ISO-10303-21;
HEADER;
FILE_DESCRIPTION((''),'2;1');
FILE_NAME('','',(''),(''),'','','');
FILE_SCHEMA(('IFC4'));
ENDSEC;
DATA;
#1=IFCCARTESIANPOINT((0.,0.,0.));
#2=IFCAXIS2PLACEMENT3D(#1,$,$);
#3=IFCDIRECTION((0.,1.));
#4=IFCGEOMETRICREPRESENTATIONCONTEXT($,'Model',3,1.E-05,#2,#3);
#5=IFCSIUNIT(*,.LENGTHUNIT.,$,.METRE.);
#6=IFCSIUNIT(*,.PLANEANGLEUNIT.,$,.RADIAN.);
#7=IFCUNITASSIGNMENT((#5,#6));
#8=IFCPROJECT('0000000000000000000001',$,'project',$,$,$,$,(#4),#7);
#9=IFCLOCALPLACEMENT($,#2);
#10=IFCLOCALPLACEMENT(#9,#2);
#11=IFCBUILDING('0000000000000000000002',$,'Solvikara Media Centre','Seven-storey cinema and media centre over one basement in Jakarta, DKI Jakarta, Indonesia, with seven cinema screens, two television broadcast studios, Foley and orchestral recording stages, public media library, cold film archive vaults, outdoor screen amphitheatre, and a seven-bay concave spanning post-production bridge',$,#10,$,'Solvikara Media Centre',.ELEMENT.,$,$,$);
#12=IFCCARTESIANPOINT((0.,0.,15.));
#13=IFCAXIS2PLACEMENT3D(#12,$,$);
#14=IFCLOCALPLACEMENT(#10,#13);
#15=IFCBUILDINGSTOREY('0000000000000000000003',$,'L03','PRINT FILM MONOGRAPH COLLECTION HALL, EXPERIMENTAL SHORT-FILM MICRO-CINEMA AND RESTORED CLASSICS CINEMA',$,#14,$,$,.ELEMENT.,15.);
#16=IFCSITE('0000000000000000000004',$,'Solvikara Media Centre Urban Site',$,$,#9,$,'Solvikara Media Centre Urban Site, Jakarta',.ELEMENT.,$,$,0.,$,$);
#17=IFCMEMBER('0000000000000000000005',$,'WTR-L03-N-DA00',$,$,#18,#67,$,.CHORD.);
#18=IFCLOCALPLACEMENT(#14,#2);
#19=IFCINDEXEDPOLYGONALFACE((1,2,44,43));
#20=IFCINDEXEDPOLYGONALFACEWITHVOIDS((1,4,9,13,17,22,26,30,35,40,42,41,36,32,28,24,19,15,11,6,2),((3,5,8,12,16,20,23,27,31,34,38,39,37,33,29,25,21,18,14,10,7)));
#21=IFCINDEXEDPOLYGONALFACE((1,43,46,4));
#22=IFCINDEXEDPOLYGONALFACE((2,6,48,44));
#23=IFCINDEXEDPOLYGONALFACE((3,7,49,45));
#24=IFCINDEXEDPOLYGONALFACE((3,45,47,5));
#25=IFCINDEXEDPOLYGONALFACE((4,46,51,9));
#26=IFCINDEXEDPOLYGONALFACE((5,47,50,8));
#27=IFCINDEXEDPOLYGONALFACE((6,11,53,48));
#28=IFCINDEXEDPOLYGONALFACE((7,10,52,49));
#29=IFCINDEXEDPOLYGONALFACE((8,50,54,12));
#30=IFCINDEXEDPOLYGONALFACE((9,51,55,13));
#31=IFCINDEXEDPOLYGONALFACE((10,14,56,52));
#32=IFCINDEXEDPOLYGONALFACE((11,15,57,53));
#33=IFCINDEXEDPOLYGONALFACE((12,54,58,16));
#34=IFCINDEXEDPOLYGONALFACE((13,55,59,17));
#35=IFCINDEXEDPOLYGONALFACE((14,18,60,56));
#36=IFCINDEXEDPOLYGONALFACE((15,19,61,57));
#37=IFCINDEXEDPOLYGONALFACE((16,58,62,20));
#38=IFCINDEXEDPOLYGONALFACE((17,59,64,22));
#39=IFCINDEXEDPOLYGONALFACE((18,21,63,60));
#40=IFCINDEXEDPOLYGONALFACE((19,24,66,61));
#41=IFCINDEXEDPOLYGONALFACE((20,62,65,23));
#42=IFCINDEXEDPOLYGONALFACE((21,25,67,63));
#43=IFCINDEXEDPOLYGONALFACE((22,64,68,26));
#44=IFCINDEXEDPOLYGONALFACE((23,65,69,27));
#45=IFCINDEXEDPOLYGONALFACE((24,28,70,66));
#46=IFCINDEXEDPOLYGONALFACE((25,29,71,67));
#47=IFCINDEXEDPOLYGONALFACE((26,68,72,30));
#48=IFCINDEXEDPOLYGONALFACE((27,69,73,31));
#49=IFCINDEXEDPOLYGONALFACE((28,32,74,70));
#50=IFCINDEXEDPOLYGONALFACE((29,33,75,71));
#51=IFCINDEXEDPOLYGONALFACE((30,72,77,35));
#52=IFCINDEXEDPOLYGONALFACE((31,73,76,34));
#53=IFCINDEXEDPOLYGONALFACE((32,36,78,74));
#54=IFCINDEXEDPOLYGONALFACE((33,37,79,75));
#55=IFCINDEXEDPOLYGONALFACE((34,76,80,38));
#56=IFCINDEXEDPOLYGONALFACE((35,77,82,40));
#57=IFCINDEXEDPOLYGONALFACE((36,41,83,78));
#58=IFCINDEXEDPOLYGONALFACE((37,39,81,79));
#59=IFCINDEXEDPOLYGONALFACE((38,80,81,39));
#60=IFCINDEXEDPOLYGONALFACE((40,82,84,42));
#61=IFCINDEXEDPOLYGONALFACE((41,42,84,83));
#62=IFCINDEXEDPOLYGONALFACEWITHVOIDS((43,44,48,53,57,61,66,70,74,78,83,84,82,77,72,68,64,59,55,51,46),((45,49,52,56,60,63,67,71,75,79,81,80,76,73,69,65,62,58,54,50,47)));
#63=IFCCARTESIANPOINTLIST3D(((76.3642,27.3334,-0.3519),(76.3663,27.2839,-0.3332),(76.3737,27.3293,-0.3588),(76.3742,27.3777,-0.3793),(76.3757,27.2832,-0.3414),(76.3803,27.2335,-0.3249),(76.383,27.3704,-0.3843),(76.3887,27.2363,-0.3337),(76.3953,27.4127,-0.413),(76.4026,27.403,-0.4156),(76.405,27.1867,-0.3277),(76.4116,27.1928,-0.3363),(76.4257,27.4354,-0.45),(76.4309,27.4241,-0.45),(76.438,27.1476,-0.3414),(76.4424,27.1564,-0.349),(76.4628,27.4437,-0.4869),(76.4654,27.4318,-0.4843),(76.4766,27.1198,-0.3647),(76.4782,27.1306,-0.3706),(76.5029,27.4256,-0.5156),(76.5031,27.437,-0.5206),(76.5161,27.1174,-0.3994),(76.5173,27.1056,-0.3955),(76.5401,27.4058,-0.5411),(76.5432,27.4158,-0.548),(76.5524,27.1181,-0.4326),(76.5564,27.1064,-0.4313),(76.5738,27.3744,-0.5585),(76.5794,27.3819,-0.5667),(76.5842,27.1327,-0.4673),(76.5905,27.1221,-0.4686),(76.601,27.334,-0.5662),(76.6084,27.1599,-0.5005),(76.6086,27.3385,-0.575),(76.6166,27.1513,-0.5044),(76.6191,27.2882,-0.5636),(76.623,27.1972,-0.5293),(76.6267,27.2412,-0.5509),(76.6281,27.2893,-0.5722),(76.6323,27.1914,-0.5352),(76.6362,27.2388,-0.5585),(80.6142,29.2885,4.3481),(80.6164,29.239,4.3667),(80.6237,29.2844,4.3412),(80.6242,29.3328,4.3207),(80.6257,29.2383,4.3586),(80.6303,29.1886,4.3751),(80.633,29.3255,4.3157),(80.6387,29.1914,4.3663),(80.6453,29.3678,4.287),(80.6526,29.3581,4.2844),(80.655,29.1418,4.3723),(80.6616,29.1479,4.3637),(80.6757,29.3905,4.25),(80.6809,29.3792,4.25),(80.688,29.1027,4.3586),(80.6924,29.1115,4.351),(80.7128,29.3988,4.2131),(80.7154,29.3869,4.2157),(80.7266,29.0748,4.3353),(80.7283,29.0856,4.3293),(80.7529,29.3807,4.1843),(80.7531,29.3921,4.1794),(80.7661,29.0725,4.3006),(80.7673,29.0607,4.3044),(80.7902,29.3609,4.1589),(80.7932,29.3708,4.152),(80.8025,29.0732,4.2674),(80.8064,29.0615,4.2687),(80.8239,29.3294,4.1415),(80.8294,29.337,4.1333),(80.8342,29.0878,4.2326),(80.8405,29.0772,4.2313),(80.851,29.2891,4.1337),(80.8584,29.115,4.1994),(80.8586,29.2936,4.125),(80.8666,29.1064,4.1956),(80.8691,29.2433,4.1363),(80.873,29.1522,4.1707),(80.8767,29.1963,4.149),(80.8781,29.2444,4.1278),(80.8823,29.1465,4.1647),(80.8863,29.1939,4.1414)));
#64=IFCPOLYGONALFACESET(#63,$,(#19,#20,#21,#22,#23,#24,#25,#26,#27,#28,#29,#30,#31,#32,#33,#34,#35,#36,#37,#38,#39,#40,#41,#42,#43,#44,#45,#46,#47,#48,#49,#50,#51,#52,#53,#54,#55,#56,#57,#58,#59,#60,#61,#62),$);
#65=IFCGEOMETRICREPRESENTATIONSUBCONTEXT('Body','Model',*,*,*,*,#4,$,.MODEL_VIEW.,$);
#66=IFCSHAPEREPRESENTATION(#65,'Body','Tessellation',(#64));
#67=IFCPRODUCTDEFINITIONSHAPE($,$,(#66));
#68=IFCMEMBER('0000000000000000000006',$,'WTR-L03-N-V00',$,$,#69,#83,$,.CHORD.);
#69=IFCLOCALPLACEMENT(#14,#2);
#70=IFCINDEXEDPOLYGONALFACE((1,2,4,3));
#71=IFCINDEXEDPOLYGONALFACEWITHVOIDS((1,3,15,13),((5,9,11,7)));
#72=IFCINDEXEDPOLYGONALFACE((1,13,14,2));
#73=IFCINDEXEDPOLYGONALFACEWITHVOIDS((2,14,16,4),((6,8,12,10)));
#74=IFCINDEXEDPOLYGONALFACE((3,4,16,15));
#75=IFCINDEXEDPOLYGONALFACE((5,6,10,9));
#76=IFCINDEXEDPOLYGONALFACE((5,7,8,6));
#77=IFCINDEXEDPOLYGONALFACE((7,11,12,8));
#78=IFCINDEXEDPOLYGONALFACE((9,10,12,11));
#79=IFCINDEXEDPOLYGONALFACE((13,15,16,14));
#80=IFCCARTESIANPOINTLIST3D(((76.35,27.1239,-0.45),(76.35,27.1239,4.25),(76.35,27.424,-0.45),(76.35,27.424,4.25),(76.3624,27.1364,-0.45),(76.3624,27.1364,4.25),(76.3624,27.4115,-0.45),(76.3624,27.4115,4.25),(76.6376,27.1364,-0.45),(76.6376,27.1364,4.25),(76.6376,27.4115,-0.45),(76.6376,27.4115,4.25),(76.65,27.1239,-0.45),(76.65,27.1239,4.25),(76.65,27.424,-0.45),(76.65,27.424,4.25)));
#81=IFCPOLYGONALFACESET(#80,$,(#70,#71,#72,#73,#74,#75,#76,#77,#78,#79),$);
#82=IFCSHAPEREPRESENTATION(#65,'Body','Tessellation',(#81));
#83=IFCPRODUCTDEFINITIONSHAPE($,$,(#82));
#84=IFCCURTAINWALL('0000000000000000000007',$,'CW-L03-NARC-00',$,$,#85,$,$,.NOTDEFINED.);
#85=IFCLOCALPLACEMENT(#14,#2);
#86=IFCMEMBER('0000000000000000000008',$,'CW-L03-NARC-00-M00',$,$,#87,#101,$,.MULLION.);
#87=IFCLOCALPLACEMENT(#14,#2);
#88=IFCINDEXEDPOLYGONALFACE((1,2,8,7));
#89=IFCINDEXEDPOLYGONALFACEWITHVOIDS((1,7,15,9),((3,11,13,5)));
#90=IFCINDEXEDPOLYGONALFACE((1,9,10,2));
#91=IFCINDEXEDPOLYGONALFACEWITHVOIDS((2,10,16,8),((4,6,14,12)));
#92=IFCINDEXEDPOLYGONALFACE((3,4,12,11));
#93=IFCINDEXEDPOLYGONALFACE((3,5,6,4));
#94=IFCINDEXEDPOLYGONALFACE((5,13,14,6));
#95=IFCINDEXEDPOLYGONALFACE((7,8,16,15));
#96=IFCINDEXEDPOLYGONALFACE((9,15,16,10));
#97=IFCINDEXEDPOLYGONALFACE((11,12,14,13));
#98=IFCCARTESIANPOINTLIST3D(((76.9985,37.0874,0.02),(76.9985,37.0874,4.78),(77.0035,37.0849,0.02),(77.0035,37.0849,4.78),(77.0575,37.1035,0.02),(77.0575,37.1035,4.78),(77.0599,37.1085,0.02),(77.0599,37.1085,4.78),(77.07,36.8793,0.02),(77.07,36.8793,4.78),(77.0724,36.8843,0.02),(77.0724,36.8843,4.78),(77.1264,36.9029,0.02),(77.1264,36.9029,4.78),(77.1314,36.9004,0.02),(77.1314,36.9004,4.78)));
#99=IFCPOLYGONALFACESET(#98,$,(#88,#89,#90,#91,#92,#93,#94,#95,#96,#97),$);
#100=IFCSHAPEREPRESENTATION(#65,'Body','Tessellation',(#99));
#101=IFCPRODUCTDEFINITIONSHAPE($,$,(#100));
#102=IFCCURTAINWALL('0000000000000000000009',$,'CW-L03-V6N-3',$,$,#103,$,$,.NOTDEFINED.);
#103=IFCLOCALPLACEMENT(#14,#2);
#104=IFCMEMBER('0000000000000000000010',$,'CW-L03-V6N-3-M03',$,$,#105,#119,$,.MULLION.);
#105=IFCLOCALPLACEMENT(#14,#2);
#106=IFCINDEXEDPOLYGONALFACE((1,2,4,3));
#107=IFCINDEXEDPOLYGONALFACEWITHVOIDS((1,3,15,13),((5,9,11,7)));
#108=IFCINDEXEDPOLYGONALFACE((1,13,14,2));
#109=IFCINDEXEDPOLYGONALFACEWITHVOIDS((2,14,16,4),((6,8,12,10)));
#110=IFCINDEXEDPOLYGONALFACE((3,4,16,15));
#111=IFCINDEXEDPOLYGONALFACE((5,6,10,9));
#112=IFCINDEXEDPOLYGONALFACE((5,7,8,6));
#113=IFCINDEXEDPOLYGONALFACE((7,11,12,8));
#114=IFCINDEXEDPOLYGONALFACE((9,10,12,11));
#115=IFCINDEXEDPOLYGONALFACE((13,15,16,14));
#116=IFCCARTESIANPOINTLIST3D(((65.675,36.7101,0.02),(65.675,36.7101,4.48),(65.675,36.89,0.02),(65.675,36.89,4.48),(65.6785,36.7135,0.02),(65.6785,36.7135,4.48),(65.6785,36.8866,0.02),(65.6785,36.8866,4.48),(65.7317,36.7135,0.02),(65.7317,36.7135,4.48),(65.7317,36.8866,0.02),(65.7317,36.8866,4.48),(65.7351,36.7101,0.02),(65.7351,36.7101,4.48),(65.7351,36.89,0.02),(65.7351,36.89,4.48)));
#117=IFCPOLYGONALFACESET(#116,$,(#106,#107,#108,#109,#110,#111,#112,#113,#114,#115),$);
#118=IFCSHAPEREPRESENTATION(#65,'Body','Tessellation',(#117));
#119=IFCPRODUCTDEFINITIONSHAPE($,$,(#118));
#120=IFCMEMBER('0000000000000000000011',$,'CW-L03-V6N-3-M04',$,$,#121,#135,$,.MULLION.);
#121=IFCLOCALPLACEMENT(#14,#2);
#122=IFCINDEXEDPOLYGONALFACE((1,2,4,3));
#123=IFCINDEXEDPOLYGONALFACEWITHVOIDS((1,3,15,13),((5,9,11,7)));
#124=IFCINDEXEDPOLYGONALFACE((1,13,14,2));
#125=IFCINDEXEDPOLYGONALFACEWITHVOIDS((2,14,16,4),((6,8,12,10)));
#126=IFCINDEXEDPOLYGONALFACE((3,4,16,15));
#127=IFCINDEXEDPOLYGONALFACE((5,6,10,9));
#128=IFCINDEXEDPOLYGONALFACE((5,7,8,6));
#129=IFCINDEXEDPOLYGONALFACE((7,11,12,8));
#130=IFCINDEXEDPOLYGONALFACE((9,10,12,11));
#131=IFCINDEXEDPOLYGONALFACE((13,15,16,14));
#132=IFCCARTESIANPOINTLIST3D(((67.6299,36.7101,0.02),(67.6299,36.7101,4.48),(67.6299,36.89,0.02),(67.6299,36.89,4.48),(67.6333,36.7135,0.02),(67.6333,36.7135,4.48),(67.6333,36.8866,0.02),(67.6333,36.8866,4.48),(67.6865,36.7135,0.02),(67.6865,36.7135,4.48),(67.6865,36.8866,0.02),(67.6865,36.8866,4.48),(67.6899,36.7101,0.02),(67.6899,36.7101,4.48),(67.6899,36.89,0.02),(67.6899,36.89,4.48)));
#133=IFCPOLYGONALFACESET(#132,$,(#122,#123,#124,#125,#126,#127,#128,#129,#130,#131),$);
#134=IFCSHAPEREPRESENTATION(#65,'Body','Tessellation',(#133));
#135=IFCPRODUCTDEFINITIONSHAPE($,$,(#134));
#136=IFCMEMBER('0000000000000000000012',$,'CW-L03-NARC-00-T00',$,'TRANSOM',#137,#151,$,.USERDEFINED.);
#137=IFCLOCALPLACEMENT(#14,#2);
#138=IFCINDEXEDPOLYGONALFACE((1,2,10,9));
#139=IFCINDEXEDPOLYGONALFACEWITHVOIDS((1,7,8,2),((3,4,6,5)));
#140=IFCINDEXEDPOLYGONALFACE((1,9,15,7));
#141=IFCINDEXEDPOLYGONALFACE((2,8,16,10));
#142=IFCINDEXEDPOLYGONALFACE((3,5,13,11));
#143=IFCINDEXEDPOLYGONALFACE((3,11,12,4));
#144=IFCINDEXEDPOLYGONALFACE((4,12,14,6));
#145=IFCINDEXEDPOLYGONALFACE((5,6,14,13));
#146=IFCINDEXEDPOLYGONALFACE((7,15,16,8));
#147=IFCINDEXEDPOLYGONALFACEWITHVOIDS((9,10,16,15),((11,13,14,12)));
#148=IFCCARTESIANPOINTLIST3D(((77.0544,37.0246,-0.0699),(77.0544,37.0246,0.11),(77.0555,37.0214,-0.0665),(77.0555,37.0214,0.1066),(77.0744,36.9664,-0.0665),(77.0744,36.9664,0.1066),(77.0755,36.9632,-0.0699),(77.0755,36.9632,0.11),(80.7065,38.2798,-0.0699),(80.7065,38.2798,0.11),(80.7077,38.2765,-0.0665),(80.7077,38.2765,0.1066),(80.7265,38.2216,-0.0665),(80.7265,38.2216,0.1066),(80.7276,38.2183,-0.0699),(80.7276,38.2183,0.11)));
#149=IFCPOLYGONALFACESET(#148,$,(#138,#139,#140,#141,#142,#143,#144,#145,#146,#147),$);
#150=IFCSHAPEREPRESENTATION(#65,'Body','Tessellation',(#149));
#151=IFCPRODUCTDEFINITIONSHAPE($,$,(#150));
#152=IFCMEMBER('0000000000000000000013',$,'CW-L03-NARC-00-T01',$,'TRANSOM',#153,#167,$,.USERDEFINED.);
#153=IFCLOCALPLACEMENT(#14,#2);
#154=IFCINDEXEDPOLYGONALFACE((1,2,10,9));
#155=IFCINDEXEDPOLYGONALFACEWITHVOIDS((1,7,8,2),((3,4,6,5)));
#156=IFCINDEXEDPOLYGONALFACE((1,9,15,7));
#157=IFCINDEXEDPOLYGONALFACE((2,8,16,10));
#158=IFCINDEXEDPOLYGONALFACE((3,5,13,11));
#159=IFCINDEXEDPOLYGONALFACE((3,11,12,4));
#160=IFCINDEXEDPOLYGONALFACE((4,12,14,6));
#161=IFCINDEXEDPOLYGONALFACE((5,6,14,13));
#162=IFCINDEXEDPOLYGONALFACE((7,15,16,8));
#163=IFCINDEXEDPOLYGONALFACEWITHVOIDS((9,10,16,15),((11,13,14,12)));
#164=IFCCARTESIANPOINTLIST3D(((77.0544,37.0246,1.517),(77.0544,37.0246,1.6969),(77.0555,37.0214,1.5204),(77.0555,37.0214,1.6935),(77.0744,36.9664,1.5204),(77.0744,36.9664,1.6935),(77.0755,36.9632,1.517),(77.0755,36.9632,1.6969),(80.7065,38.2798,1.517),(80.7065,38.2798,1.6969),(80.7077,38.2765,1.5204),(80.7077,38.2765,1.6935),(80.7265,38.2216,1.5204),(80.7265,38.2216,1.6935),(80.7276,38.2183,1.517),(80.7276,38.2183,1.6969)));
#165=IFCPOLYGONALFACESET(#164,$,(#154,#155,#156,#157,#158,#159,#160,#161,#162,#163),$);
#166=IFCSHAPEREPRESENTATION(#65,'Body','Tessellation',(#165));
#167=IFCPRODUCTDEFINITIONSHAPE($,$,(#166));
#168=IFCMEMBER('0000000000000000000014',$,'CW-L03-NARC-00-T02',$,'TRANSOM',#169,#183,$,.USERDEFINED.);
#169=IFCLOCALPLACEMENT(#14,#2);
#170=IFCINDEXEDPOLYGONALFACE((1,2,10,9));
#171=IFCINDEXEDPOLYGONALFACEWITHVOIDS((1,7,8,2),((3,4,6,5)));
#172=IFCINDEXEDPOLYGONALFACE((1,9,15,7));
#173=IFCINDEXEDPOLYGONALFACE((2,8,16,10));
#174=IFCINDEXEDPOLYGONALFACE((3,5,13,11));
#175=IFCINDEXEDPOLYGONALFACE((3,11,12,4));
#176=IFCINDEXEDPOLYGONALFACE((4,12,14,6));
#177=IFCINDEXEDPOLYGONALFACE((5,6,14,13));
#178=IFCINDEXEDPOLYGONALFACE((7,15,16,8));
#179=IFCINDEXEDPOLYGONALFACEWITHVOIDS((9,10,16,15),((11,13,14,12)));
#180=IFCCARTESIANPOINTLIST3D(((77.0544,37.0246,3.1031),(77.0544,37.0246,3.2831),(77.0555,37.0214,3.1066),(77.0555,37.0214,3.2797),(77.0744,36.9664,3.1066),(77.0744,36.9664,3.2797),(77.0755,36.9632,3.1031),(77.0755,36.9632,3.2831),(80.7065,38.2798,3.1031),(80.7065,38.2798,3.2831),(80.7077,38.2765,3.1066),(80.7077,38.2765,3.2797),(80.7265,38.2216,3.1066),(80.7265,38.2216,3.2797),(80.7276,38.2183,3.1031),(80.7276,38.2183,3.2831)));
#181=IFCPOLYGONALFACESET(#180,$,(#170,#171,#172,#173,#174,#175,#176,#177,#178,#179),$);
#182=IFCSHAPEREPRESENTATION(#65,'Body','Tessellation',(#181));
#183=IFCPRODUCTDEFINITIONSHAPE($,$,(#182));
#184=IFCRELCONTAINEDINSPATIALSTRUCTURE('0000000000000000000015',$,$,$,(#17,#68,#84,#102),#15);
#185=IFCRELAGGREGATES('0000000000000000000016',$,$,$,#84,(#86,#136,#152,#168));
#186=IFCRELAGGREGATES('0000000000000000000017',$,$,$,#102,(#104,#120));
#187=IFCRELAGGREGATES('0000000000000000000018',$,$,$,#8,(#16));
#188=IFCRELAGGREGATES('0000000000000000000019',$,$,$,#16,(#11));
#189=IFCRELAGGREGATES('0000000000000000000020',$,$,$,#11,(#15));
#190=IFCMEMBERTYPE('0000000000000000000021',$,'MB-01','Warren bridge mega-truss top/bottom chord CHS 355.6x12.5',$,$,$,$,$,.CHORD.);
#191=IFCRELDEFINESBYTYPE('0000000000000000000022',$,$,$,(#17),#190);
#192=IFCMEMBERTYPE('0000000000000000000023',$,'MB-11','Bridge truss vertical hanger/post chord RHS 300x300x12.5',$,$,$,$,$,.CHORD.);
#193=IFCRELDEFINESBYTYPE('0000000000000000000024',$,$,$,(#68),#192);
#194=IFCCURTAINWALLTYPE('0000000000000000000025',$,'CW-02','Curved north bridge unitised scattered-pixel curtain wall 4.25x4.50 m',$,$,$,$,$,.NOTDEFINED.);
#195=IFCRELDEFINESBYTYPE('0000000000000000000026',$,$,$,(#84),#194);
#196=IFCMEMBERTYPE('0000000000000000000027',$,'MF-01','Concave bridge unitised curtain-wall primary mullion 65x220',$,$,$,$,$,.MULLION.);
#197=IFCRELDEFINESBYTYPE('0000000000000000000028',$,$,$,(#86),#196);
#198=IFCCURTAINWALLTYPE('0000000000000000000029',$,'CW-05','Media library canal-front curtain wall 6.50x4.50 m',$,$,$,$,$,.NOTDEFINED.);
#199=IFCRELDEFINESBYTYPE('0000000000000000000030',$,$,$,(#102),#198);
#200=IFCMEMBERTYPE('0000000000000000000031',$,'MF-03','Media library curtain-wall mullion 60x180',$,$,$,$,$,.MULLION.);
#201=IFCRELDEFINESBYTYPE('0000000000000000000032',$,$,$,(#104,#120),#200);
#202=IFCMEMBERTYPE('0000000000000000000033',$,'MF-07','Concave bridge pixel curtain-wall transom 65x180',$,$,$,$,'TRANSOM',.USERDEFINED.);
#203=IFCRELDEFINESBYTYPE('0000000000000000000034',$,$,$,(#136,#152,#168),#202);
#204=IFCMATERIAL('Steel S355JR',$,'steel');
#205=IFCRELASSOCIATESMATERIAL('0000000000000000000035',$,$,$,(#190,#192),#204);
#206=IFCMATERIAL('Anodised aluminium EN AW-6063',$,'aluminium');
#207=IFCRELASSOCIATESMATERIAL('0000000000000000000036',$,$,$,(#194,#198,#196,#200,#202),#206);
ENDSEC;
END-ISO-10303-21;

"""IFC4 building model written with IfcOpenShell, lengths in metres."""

from ifc_helpers import new_model, si_unit, direction, frame, origin, origin_2d, place, context, subcontext, project, spatial, hollow_rectangle, hollow_circle, extrude, material, material_profile, profile_set, type_object, element, aggregate, save


model = new_model("IFC4")

# Units and contexts
model_context = context("Model", 3, precision=1e-05, world=origin(), true_north=direction((0.0, 1.0)))
body_context = subcontext(model_context, "Body", "Model", "MODEL_VIEW")
ifc_project = project(units=[si_unit("LENGTHUNIT", "METRE"), si_unit("PLANEANGLEUNIT", "RADIAN")], contexts=[model_context])

# Site, building, storey
site_placement = place(None, origin())
site = spatial("IfcSite", under=ifc_project, at=site_placement, Name="Solvikara Media Centre Urban Site", LongName="Solvikara Media Centre Urban Site, Jakarta", CompositionType="ELEMENT", RefElevation=0.0)
building_placement = place(site_placement, origin())
building = spatial("IfcBuilding", under=site, at=building_placement, Name="Solvikara Media Centre", Description="Seven-storey cinema and media centre over one basement in Jakarta, DKI Jakarta, Indonesia, with seven cinema screens, two television broadcast studios, Foley and orchestral recording stages, public media library, cold film archive vaults, outdoor screen amphitheatre, and a seven-bay concave spanning post-production bridge", LongName="Solvikara Media Centre", CompositionType="ELEMENT")
storey_placement = place(building_placement, frame((0.0, 0.0, 15.0)))
storey = spatial("IfcBuildingStorey", under=building, at=storey_placement, Name="L03", Description="PRINT FILM MONOGRAPH COLLECTION HALL, EXPERIMENTAL SHORT-FILM MICRO-CINEMA AND RESTORED CLASSICS CINEMA", CompositionType="ELEMENT", Elevation=15.0)

# Shared definitions
ifc_material_1 = material(Name="Steel S355JR", Category="steel")

# Members
ifc_material_profile_1 = material_profile(ifc_material_1, hollow_circle(Radius=0.1777, WallThickness=0.0125, at=origin_2d()), Name="CHS 355.6x12.5")
ifc_profile_set_1 = profile_set([ifc_material_profile_1], Name="Steel S355JR")
member_type_1 = type_object("IfcMemberType", Name="MB-01", Description="Warren bridge mega-truss top/bottom chord CHS 355.6x12.5", PredefinedType="CHORD", material=ifc_profile_set_1)
member_1_placement = place(storey_placement, frame((76.5, 27.2739, -0.45), z_axis=(0.640898, 0.294825, 0.708751), x_axis=(-0.417919, 0.908484, 0.0)))
element("IfcMember", 1, at=member_1_placement, inside=storey, type_object=member_type_1, Name="WTR-L03-N-DA00", PredefinedType="CHORD", context=body_context, shape_type="SweptSolid", body=[
    extrude(hollow_circle(Radius=0.1777, WallThickness=0.0125, at=origin_2d()), origin(), (0.0, 0.0, 1.0), 6.6313),
])
ifc_material_profile_2 = material_profile(ifc_material_1, hollow_rectangle(XDim=0.3, YDim=0.3, WallThickness=0.0125, at=origin_2d()), Name="RHS 300x300x12.5")
ifc_profile_set_2 = profile_set([ifc_material_profile_2], Name="Steel S355JR")
member_type_2 = type_object("IfcMemberType", Name="MB-11", Description="Bridge truss vertical hanger/post chord RHS 300x300x12.5", PredefinedType="CHORD", material=ifc_profile_set_2)
member_2_placement = place(storey_placement, frame((76.5, 27.2739, -0.45), z_axis=(0.0, 0.0, 1.0), x_axis=(1.0, 0.0, 0.0)))
element("IfcMember", 2, at=member_2_placement, inside=storey, type_object=member_type_2, Name="WTR-L03-N-V00", PredefinedType="CHORD", context=body_context, shape_type="SweptSolid", body=[
    extrude(hollow_rectangle(XDim=0.3, YDim=0.3, WallThickness=0.0125, at=origin_2d()), origin(), (0.0, 0.0, 1.0), 4.7),
])

# Curtain wall, member
ifc_material_2 = material(Name="Anodised aluminium EN AW-6063", Category="aluminium")
curtain_wall_type_1 = type_object("IfcCurtainWallType", Name="CW-02", Description="Curved north bridge unitised scattered-pixel curtain wall 4.25x4.50 m", PredefinedType="NOTDEFINED", material=ifc_material_2)
curtain_wall_1_placement = place(storey_placement, origin())
curtain_wall_1 = element("IfcCurtainWall", 3, at=curtain_wall_1_placement, inside=storey, type_object=curtain_wall_type_1, Name="CW-L03-NARC-00", PredefinedType="NOTDEFINED")
ifc_material_profile_3 = material_profile(ifc_material_2, hollow_rectangle(XDim=0.0649, YDim=0.22, WallThickness=0.0039, at=origin_2d()), Name="ALU-M 65x220x4")
ifc_profile_set_3 = profile_set([ifc_material_profile_3], Name="Anodised aluminium EN AW-6063")
member_type_3 = type_object("IfcMemberType", Name="MF-01", Description="Concave bridge unitised curtain-wall primary mullion 65x220", PredefinedType="MULLION", material=ifc_profile_set_3)
member_3_placement = place(storey_placement, frame((77.0649, 36.9939, 0.02), z_axis=(0.0, 0.0, 1.0), x_axis=(0.945717, 0.324991, 0.0)))
member_3 = element("IfcMember", 4, at=member_3_placement, type_object=member_type_3, Name="CW-L03-NARC-00-M00", PredefinedType="MULLION", context=body_context, shape_type="SweptSolid", body=[
    extrude(hollow_rectangle(XDim=0.0649, YDim=0.22, WallThickness=0.0039, at=origin_2d()), origin(), (0.0, 0.0, 1.0), 4.76),
])

# Curtain wall, members
curtain_wall_type_2 = type_object("IfcCurtainWallType", Name="CW-05", Description="Media library canal-front curtain wall 6.50x4.50 m", PredefinedType="NOTDEFINED", material=ifc_material_2)
curtain_wall_2_placement = place(storey_placement, origin())
curtain_wall_2 = element("IfcCurtainWall", 5, at=curtain_wall_2_placement, inside=storey, type_object=curtain_wall_type_2, Name="CW-L03-V6N-3", PredefinedType="NOTDEFINED")
ifc_material_profile_4 = material_profile(ifc_material_2, hollow_rectangle(XDim=0.0601, YDim=0.1799, WallThickness=0.0034, at=origin_2d()), Name="ALU-M 60x180x3.5")
ifc_profile_set_4 = profile_set([ifc_material_profile_4], Name="Anodised aluminium EN AW-6063")
member_type_4 = type_object("IfcMemberType", Name="MF-03", Description="Media library curtain-wall mullion 60x180", PredefinedType="MULLION", material=ifc_profile_set_4)
member_4_placement = place(storey_placement, frame((65.7051, 36.8, 0.02), z_axis=(0.0, 0.0, 1.0), x_axis=(1.0, 0.0, 0.0)))
member_4 = element("IfcMember", 6, at=member_4_placement, type_object=member_type_4, Name="CW-L03-V6N-3-M03", PredefinedType="MULLION", context=body_context, shape_type="SweptSolid", body=[
    extrude(hollow_rectangle(XDim=0.0601, YDim=0.1799, WallThickness=0.0034, at=origin_2d()), origin(), (0.0, 0.0, 1.0), 4.46),
])
member_5_placement = place(storey_placement, frame((67.6599, 36.8, 0.02), z_axis=(0.0, 0.0, 1.0), x_axis=(1.0, 0.0, 0.0)))
member_5 = element("IfcMember", 7, at=member_5_placement, type_object=member_type_4, Name="CW-L03-V6N-3-M04", PredefinedType="MULLION", context=body_context, shape_type="SweptSolid", body=[
    extrude(hollow_rectangle(XDim=0.0601, YDim=0.1799, WallThickness=0.0034, at=origin_2d()), origin(), (0.0, 0.0, 1.0), 4.46),
])

# Members
ifc_material_profile_5 = material_profile(ifc_material_2, hollow_rectangle(XDim=0.0649, YDim=0.1799, WallThickness=0.0034, at=origin_2d()), Name="ALU-T 65x180x3.5")
ifc_profile_set_5 = profile_set([ifc_material_profile_5], Name="Anodised aluminium EN AW-6063")
member_type_5 = type_object("IfcMemberType", Name="MF-07", Description="Concave bridge pixel curtain-wall transom 65x180", ElementType="TRANSOM", PredefinedType="USERDEFINED", material=ifc_profile_set_5)
member_6_placement = place(storey_placement, frame((77.0649, 36.9939, 0.02), z_axis=(0.945709, 0.325014, 0.0), x_axis=(-0.325014, 0.945709, 0.0)))
member_6 = element("IfcMember", 8, at=member_6_placement, type_object=member_type_5, Name="CW-L03-NARC-00-T00", ObjectType="TRANSOM", PredefinedType="USERDEFINED", context=body_context, shape_type="SweptSolid", body=[
    extrude(hollow_rectangle(XDim=0.0649, YDim=0.1799, WallThickness=0.0034, at=origin_2d()), origin(), (0.0, 0.0, 1.0), 3.8618),
])
member_7_placement = place(storey_placement, frame((77.0649, 36.9939, 1.6069), z_axis=(0.945709, 0.325014, 0.0), x_axis=(-0.325014, 0.945709, 0.0)))
member_7 = element("IfcMember", 9, at=member_7_placement, type_object=member_type_5, Name="CW-L03-NARC-00-T01", ObjectType="TRANSOM", PredefinedType="USERDEFINED", context=body_context, shape_type="SweptSolid", body=[
    extrude(hollow_rectangle(XDim=0.0649, YDim=0.1799, WallThickness=0.0034, at=origin_2d()), origin(), (0.0, 0.0, 1.0), 3.8618),
])
member_8_placement = place(storey_placement, frame((77.0649, 36.9939, 3.1931), z_axis=(0.945709, 0.325014, 0.0), x_axis=(-0.325014, 0.945709, 0.0)))
member_8 = element("IfcMember", 10, at=member_8_placement, type_object=member_type_5, Name="CW-L03-NARC-00-T02", ObjectType="TRANSOM", PredefinedType="USERDEFINED", context=body_context, shape_type="SweptSolid", body=[
    extrude(hollow_rectangle(XDim=0.0649, YDim=0.1799, WallThickness=0.0034, at=origin_2d()), origin(), (0.0, 0.0, 1.0), 3.8618),
])
aggregate(curtain_wall_1, [member_3, member_6, member_7, member_8])

aggregate(curtain_wall_2, [member_4, member_5])

save(model, "model.ifc")
